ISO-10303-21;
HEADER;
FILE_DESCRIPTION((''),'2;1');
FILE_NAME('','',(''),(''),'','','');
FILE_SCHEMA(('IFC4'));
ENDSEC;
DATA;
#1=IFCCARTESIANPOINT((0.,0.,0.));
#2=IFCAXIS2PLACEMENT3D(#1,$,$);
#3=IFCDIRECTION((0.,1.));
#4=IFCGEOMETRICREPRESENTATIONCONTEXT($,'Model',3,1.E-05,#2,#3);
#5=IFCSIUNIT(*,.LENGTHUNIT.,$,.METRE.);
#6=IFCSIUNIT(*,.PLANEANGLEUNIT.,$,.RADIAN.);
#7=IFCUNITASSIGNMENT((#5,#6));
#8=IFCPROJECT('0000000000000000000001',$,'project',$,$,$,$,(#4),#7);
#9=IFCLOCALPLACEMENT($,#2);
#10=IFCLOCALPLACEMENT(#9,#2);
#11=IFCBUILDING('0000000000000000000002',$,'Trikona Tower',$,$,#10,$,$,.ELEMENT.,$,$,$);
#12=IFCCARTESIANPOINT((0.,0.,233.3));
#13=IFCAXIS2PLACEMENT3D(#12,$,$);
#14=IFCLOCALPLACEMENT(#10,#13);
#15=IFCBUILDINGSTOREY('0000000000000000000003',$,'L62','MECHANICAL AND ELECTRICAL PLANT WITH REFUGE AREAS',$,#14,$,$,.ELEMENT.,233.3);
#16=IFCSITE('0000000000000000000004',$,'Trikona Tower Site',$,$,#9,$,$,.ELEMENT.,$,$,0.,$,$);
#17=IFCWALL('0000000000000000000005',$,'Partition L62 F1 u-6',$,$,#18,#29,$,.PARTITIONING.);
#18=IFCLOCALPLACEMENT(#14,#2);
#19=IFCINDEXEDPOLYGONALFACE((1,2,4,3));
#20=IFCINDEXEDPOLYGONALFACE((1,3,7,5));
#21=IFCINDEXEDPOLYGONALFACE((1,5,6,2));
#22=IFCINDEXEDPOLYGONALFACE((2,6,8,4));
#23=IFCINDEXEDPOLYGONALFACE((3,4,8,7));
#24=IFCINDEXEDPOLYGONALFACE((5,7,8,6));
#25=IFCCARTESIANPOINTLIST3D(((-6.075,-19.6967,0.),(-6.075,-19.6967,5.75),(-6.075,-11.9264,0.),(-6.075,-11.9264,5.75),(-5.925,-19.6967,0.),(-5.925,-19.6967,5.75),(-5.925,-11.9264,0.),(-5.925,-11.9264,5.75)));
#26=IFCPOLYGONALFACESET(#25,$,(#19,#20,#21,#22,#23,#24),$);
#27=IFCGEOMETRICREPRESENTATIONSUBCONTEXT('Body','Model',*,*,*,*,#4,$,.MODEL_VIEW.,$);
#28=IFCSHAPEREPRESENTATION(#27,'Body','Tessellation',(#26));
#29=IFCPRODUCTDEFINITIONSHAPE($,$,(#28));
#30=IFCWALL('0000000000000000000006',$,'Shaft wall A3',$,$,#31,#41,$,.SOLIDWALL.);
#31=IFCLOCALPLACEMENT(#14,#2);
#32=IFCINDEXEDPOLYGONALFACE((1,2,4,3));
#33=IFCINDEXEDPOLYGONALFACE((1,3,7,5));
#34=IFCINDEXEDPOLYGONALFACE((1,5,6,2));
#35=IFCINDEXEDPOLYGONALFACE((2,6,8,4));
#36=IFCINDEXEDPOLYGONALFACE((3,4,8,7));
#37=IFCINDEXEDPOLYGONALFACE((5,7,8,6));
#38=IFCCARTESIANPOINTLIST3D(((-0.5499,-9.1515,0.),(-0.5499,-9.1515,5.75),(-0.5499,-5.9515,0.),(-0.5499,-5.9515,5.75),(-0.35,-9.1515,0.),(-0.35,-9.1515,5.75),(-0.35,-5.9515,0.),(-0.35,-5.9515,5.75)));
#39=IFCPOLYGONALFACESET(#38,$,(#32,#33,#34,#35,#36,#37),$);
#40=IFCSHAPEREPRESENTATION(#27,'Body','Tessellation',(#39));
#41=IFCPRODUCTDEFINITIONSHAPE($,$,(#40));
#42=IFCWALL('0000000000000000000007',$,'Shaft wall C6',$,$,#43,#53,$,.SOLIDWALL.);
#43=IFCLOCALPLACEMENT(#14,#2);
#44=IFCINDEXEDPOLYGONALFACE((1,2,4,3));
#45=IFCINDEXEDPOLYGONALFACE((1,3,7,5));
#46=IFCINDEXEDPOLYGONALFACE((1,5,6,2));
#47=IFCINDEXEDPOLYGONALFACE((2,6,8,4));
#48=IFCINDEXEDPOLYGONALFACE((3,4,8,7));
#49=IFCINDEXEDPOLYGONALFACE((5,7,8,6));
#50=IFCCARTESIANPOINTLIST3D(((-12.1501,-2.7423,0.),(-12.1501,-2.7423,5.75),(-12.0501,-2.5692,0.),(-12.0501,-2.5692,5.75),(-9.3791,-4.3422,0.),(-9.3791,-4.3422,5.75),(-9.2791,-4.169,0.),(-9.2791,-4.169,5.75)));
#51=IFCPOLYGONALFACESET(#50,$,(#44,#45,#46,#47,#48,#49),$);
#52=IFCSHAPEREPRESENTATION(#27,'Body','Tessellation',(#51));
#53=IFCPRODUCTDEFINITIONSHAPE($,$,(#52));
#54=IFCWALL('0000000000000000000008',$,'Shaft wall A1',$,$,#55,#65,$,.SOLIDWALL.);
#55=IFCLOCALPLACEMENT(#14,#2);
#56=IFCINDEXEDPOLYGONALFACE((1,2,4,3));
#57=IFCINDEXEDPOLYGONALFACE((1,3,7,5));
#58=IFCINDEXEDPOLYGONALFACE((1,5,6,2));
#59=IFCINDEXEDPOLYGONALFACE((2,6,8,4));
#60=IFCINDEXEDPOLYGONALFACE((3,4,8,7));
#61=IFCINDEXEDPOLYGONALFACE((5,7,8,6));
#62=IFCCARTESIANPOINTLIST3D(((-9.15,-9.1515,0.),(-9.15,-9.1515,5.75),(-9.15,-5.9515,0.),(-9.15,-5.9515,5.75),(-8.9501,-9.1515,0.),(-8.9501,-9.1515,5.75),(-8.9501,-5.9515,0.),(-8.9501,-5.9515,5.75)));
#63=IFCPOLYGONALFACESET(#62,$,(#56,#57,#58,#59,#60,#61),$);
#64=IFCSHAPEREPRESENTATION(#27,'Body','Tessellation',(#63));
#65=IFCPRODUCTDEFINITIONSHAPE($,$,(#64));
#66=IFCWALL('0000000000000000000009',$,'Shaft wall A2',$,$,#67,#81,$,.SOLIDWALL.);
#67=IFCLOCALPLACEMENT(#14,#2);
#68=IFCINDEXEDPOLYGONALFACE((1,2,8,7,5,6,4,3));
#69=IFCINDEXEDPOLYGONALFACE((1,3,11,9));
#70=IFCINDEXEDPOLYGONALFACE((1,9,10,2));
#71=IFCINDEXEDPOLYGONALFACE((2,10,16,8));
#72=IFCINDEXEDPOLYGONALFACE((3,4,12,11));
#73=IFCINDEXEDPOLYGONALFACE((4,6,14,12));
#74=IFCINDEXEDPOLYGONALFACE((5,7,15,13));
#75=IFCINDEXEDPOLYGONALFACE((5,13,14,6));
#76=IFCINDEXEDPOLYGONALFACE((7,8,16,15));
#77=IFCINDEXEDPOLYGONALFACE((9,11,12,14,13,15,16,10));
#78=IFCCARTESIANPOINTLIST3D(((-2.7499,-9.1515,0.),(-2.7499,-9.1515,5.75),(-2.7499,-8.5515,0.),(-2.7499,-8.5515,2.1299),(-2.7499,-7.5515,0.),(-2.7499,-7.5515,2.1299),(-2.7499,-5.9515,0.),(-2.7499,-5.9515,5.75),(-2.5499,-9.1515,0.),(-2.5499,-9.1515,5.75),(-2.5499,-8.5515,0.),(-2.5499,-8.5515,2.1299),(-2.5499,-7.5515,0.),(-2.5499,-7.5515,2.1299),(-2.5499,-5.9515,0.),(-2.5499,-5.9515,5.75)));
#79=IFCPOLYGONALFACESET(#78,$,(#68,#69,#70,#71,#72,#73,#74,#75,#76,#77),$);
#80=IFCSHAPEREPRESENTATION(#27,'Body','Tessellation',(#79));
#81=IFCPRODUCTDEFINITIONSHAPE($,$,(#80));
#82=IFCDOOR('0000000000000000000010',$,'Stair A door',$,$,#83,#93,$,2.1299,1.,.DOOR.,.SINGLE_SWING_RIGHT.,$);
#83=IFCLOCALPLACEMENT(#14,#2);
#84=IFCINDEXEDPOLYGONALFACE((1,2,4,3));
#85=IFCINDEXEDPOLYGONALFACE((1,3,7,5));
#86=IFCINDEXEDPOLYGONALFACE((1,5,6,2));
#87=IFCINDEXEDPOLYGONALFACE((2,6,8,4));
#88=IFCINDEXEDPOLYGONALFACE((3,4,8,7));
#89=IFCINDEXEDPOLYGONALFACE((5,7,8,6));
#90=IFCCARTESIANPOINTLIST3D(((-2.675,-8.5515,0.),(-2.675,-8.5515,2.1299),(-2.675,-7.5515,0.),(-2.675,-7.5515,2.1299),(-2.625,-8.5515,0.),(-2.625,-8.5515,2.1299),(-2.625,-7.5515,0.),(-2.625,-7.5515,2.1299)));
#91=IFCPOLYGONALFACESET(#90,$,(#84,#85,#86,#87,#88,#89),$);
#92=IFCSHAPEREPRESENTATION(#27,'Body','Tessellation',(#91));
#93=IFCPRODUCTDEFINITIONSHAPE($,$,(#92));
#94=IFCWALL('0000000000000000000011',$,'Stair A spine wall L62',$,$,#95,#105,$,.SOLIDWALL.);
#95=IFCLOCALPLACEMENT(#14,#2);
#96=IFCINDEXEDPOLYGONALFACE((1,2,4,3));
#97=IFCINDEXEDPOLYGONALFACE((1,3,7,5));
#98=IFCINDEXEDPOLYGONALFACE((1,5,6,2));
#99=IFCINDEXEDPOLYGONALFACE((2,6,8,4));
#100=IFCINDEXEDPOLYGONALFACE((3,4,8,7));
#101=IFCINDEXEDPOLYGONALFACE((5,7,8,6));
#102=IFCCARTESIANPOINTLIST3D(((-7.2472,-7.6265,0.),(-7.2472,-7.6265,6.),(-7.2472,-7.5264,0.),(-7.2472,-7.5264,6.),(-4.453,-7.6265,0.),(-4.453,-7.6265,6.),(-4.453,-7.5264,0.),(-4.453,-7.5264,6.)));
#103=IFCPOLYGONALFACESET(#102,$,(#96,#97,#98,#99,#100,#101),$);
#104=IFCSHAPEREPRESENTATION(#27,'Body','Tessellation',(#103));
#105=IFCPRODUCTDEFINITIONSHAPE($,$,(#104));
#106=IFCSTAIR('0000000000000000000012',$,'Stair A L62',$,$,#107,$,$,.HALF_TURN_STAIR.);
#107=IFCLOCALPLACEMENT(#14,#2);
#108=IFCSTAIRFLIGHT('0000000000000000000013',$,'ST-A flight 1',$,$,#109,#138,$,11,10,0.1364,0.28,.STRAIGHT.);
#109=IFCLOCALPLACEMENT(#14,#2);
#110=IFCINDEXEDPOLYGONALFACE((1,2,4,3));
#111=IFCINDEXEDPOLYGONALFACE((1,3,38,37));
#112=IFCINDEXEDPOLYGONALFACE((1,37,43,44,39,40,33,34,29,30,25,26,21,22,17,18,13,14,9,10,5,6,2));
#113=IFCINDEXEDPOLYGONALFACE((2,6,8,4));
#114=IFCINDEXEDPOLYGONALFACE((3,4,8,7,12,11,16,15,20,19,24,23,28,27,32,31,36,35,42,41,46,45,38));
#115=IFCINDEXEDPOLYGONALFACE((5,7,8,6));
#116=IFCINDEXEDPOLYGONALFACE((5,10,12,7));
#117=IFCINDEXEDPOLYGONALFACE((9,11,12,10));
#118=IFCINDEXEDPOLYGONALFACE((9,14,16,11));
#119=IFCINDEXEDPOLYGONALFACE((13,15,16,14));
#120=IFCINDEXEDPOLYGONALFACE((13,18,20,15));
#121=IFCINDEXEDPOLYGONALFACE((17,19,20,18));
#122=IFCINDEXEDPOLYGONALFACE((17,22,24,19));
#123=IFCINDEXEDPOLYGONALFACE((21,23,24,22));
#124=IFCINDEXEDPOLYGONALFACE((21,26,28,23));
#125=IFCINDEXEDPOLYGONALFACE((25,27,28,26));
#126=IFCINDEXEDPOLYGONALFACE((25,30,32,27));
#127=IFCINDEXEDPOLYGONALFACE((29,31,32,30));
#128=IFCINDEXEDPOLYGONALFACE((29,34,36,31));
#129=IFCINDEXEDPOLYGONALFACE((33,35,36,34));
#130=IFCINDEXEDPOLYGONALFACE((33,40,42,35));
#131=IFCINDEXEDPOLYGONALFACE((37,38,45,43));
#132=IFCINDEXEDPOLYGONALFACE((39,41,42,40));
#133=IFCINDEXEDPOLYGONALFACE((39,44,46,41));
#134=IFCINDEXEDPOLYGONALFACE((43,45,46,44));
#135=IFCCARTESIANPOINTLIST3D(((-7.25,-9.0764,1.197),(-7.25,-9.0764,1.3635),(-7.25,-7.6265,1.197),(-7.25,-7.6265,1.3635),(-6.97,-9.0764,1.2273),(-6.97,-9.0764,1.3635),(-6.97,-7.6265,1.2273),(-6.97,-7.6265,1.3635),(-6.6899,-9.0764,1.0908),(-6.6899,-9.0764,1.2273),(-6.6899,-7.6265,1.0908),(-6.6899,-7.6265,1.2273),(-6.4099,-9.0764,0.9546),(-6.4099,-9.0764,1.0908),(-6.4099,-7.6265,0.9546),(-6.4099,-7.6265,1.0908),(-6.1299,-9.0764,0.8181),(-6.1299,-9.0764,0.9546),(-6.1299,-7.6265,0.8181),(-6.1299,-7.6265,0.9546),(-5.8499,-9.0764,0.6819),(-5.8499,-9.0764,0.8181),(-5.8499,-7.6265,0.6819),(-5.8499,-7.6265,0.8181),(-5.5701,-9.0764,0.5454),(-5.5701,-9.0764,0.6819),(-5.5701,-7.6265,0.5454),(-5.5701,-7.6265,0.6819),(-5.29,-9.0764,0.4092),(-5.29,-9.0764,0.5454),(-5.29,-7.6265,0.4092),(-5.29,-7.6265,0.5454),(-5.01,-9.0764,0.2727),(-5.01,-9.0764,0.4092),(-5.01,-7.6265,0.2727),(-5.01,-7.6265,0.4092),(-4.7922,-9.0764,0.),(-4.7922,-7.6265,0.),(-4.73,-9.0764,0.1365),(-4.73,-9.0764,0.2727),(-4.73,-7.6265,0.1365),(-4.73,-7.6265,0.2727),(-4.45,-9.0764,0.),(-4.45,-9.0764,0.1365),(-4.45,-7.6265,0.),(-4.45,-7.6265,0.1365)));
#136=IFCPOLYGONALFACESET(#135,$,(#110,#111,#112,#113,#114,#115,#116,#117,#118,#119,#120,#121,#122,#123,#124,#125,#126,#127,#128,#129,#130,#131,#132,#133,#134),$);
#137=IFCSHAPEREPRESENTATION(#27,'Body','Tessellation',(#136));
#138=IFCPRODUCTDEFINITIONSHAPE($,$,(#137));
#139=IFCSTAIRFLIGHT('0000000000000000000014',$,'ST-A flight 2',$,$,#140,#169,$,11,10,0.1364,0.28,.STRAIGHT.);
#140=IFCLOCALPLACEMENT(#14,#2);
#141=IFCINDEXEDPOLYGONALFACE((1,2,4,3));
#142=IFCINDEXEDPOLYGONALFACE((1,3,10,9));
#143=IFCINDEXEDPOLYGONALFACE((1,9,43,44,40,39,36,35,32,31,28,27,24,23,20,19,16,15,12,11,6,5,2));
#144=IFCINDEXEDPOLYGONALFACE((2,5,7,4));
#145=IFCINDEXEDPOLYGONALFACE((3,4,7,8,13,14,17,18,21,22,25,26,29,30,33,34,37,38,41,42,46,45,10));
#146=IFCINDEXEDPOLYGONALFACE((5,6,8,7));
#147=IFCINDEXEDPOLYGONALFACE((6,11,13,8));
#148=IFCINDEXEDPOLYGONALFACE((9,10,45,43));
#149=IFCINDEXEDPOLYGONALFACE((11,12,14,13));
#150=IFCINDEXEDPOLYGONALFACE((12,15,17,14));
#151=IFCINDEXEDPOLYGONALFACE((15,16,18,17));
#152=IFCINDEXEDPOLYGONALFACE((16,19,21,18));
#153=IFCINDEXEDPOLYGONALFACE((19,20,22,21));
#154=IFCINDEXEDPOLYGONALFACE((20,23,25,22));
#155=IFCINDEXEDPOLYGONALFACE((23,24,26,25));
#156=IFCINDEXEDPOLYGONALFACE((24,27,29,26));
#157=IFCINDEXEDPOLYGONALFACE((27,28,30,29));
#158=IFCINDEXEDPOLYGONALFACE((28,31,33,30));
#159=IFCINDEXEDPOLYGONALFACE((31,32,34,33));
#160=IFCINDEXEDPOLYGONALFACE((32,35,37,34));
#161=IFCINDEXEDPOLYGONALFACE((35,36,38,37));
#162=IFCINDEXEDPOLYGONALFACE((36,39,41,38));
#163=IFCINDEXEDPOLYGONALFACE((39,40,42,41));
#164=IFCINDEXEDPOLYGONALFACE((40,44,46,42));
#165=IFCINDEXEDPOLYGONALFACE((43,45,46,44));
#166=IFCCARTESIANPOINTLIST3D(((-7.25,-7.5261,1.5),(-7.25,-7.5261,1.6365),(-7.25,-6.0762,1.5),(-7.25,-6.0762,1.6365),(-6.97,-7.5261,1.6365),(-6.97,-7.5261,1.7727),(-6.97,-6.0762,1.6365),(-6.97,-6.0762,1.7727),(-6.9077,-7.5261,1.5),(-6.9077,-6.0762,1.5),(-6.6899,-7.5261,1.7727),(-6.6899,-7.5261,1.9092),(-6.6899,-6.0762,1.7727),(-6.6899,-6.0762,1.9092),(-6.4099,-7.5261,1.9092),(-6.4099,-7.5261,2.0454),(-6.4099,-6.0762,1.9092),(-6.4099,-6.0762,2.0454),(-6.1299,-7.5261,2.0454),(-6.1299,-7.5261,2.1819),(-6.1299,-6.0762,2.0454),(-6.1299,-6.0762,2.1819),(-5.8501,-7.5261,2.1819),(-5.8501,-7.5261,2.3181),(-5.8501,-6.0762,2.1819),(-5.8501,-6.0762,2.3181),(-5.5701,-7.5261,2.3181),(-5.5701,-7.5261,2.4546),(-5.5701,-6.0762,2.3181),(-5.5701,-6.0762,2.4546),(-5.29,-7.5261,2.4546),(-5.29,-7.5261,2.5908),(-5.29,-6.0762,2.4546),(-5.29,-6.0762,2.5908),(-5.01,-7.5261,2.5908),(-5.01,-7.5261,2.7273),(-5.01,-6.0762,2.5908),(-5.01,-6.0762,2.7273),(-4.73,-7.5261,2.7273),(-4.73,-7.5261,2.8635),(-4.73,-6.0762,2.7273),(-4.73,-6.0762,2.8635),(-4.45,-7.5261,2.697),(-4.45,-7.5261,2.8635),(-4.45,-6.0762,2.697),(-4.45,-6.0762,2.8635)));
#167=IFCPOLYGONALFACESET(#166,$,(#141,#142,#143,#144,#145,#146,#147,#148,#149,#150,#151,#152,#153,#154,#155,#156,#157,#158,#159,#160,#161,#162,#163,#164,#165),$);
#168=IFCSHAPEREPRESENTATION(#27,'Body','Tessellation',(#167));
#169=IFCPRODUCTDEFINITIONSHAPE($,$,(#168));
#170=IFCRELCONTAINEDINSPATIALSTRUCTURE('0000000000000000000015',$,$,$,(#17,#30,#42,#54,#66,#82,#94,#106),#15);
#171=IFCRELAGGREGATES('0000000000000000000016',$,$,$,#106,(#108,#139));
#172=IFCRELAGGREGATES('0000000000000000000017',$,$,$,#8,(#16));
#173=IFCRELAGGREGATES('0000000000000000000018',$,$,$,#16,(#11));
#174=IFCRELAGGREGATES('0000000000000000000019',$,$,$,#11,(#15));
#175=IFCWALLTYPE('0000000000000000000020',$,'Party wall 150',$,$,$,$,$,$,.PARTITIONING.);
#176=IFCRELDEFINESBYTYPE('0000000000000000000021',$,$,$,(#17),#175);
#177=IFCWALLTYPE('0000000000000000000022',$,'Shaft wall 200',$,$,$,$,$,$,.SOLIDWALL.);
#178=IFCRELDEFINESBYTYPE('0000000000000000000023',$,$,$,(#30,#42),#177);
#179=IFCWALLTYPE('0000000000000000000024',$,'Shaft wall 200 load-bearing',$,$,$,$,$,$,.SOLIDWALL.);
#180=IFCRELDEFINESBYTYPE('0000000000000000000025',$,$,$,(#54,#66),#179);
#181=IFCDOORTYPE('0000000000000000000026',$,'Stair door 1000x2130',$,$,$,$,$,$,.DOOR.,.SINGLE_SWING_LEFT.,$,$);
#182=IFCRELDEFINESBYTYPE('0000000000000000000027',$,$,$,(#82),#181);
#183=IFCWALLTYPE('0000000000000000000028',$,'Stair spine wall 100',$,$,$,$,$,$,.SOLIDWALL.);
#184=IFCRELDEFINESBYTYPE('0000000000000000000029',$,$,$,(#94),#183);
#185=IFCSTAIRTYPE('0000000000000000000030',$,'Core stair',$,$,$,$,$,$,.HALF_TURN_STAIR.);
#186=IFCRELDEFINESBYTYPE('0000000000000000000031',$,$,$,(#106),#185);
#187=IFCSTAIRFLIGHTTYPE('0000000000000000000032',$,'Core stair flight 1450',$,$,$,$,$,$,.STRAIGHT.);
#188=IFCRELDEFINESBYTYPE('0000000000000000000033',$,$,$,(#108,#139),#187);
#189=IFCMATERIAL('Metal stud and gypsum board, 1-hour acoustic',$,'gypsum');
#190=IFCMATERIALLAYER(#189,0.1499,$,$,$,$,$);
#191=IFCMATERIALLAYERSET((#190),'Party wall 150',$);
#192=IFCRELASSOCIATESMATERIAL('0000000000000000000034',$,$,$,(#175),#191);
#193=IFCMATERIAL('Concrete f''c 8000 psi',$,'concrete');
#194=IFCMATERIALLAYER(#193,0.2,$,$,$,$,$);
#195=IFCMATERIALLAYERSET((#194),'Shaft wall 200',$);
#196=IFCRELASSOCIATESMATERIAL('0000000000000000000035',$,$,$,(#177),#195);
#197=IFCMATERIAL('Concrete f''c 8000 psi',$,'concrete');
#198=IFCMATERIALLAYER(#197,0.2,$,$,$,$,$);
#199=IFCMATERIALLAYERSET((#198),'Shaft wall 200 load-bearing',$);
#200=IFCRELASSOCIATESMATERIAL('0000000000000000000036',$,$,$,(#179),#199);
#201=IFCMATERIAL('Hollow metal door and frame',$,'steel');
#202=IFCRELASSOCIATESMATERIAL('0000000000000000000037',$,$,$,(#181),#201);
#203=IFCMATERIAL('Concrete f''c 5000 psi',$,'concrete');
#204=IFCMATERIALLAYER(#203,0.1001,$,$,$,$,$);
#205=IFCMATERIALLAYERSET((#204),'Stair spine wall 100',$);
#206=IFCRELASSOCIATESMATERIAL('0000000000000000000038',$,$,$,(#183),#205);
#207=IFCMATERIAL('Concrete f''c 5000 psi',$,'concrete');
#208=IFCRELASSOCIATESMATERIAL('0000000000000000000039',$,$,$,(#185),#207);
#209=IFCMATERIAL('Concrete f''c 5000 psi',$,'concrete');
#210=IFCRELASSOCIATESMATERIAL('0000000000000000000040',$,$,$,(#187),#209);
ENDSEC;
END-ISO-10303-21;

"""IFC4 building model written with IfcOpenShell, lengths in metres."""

from ifc_helpers import new_model, si_unit, direction, frame, frame_2d, origin, place, context, subcontext, project, spatial, polyline, rectangle, outline, extrude, material, layer, layer_set, type_object, element, fill, aggregate, save


model = new_model("IFC4")

# Units and contexts
model_context = context("Model", 3, precision=1e-05, world=origin(), true_north=direction((0.0, 1.0)))
body_context = subcontext(model_context, "Body", "Model", "MODEL_VIEW")
ifc_project = project(units=[si_unit("LENGTHUNIT", "METRE"), si_unit("PLANEANGLEUNIT", "RADIAN")], contexts=[model_context])

# Site, building, storey
site_placement = place(None, origin())
site = spatial("IfcSite", under=ifc_project, at=site_placement, Name="Trikona Tower Site", CompositionType="ELEMENT", RefElevation=0.0)
building_placement = place(site_placement, origin())
building = spatial("IfcBuilding", under=site, at=building_placement, Name="Trikona Tower", CompositionType="ELEMENT")
storey_placement = place(building_placement, frame((0.0, 0.0, 233.3)))
storey = spatial("IfcBuildingStorey", under=building, at=storey_placement, Name="L62", Description="MECHANICAL AND ELECTRICAL PLANT WITH REFUGE AREAS", CompositionType="ELEMENT", Elevation=233.3)

# Walls
ifc_material_1 = material(Name="Metal stud and gypsum board, 1-hour acoustic", Category="gypsum")
ifc_layer_1 = layer(ifc_material_1, 0.1499)
ifc_layer_set_1 = layer_set([ifc_layer_1], Name="Party wall 150")
wall_type_1 = type_object("IfcWallType", Name="Party wall 150", PredefinedType="PARTITIONING", material=ifc_layer_set_1)
wall_1_placement = place(storey_placement, frame((-6.0, -11.9263, 0.0), z_axis=(0.0, 0.0, 1.0), x_axis=(0.0, -1.0, 0.0)))
element("IfcWall", 1, at=wall_1_placement, inside=storey, type_object=wall_type_1, Name="Partition L62 F1 u-6", PredefinedType="PARTITIONING", context=body_context, shape_type="SweptSolid", body=[
    extrude(rectangle(XDim=7.7703, YDim=0.1499, at=frame_2d((3.8853, 0.0))), origin(), (0.0, 0.0, 1.0), 5.75),
])
ifc_material_2 = material(Name="Concrete f'c 8000 psi", Category="concrete")
ifc_layer_2 = layer(ifc_material_2, 0.2)
ifc_layer_set_2 = layer_set([ifc_layer_2], Name="Shaft wall 200")
wall_type_2 = type_object("IfcWallType", Name="Shaft wall 200", PredefinedType="SOLIDWALL", material=ifc_layer_set_2)
wall_2_placement = place(storey_placement, frame((-0.45, -5.9514, 0.0), z_axis=(0.0, 0.0, 1.0), x_axis=(0.0, -1.0, 0.0)))
element("IfcWall", 2, at=wall_2_placement, inside=storey, type_object=wall_type_2, Name="Shaft wall A3", PredefinedType="SOLIDWALL", context=body_context, shape_type="SweptSolid", body=[
    extrude(rectangle(XDim=3.2, YDim=0.2, at=frame_2d((1.6001, 0.0))), origin(), (0.0, 0.0, 1.0), 5.75),
])
wall_3_placement = place(storey_placement, frame((-9.3291, -4.2556, 0.0), z_axis=(0.0, 0.0, 1.0), x_axis=(-0.866023, 0.500004, 0.0)))
element("IfcWall", 3, at=wall_3_placement, inside=storey, type_object=wall_type_2, Name="Shaft wall C6", PredefinedType="SOLIDWALL", context=body_context, shape_type="SweptSolid", body=[
    extrude(rectangle(XDim=3.1997, YDim=0.2, at=frame_2d((1.5999, 0.0))), origin(), (0.0, 0.0, 1.0), 5.75),
])
ifc_material_3 = material(Name="Concrete f'c 8000 psi", Category="concrete")
ifc_layer_3 = layer(ifc_material_3, 0.2)
ifc_layer_set_3 = layer_set([ifc_layer_3], Name="Shaft wall 200 load-bearing")
wall_type_3 = type_object("IfcWallType", Name="Shaft wall 200 load-bearing", PredefinedType="SOLIDWALL", material=ifc_layer_set_3)
wall_4_placement = place(storey_placement, frame((-9.05, -5.9514, 0.0), z_axis=(0.0, 0.0, 1.0), x_axis=(0.0, -1.0, 0.0)))
element("IfcWall", 4, at=wall_4_placement, inside=storey, type_object=wall_type_3, Name="Shaft wall A1", PredefinedType="SOLIDWALL", context=body_context, shape_type="SweptSolid", body=[
    extrude(rectangle(XDim=3.2, YDim=0.2, at=frame_2d((1.6001, 0.0))), origin(), (0.0, 0.0, 1.0), 5.75),
])

# Wall, opening, door
wall_5_placement = place(storey_placement, frame((-2.6499, -5.9514, 0.0), z_axis=(0.0, 0.0, 1.0), x_axis=(0.0, -1.0, 0.0)))
wall_5 = element("IfcWall", 5, at=wall_5_placement, inside=storey, type_object=wall_type_3, Name="Shaft wall A2", PredefinedType="SOLIDWALL", context=body_context, shape_type="SweptSolid", body=[
    extrude(rectangle(XDim=3.2, YDim=0.2, at=frame_2d((1.6001, 0.0))), origin(), (0.0, 0.0, 1.0), 5.75),
])
opening_1_placement = place(wall_5_placement, frame((1.6001, 0.0, 0.0)))
opening_1 = element("IfcOpeningElement", 6, at=opening_1_placement, cuts=wall_5, PredefinedType="OPENING", context=body_context, shape_type="SweptSolid", body=[
    extrude(rectangle(XDim=1.0, YDim=2.1299, at=frame_2d((0.5, 1.0649))), frame((0.0, 0.1099, 0.0), z_axis=(0.0, -1.0, 0.0), x_axis=(1.0, 0.0, 0.0)), (0.0, 0.0, 1.0), 0.22),
])
ifc_material_4 = material(Name="Hollow metal door and frame", Category="steel")
door_type_1 = type_object("IfcDoorType", Name="Stair door 1000x2130", OperationType="SINGLE_SWING_LEFT", PredefinedType="DOOR", material=ifc_material_4)
door_1_placement = place(opening_1_placement, origin())
door_1 = element("IfcDoor", 7, at=door_1_placement, inside=storey, type_object=door_type_1, Name="Stair A door", OperationType="SINGLE_SWING_RIGHT", OverallHeight=2.1299, OverallWidth=1.0, PredefinedType="DOOR", context=body_context, shape_type="SweptSolid", body=[
    extrude(rectangle(XDim=1.0, YDim=2.1299, at=frame_2d((0.5, 1.0649))), frame((0.0, 0.0249, 0.0), z_axis=(0.0, -1.0, 0.0), x_axis=(1.0, 0.0, 0.0)), (0.0, 0.0, 1.0), 0.05),
])
fill(opening_1, door_1)

# Wall
ifc_material_5 = material(Name="Concrete f'c 5000 psi", Category="concrete")
ifc_layer_4 = layer(ifc_material_5, 0.1001)
ifc_layer_set_4 = layer_set([ifc_layer_4], Name="Stair spine wall 100")
wall_type_4 = type_object("IfcWallType", Name="Stair spine wall 100", PredefinedType="SOLIDWALL", material=ifc_layer_set_4)
wall_6_placement = place(storey_placement, frame((-7.2471, -7.5764, 0.0), z_axis=(0.0, 0.0, 1.0), x_axis=(1.0, 0.0, 0.0)))
element("IfcWall", 8, at=wall_6_placement, inside=storey, type_object=wall_type_4, Name="Stair A spine wall L62", PredefinedType="SOLIDWALL", context=body_context, shape_type="SweptSolid", body=[
    extrude(rectangle(XDim=2.7942, YDim=0.1001, at=frame_2d((1.397, 0.0))), origin(), (0.0, 0.0, 1.0), 6.0),
])

# Stair, stair flights
ifc_material_6 = material(Name="Concrete f'c 5000 psi", Category="concrete")
stair_type = type_object("IfcStairType", Name="Core stair", PredefinedType="HALF_TURN_STAIR", material=ifc_material_6)
stair_placement = place(storey_placement, origin())
stair = element("IfcStair", 9, at=stair_placement, inside=storey, type_object=stair_type, Name="Stair A L62", PredefinedType="HALF_TURN_STAIR")
ifc_material_7 = material(Name="Concrete f'c 5000 psi", Category="concrete")
stair_flight_type = type_object("IfcStairFlightType", Name="Core stair flight 1450", PredefinedType="STRAIGHT", material=ifc_material_7)
stair_flight_1_placement = place(storey_placement, frame((-4.45, -8.3513, 0.0), z_axis=(0.0, 0.0, 1.0), x_axis=(-1.0, 0.0, 0.0)))
stair_flight_1 = element("IfcStairFlight", 10, at=stair_flight_1_placement, type_object=stair_flight_type, Name="ST-A flight 1", NumberOfRisers=11, NumberOfTreads=10, PredefinedType="STRAIGHT", RiserHeight=0.1364, TreadLength=0.28, context=body_context, shape_type="SweptSolid", body=[
    extrude(outline(polyline([(0.0, 0.0), (0.0, 0.1365), (0.28, 0.1365), (0.28, 0.2727), (0.5601, 0.2727), (0.5601, 0.4092), (0.8401, 0.4092), (0.8401, 0.5454), (1.1201, 0.5454), (1.1201, 0.6819), (1.3999, 0.6819), (1.3999, 0.8181), (1.6799, 0.8181), (1.6799, 0.9546), (1.96, 0.9546), (1.96, 1.0908), (2.24, 1.0908), (2.24, 1.2273), (2.52, 1.2273), (2.52, 1.3635), (2.8, 1.3635), (2.8, 1.5), (2.8, 1.197), (0.3423, 0.0), (0.0, 0.0)])), frame((0.0, 0.7251, 0.0), z_axis=(0.0, -1.0, 0.0), x_axis=(1.0, 0.0, 0.0)), (0.0, 0.0, 1.0), 1.45),
])
stair_flight_2_placement = place(storey_placement, frame((-7.25, -6.8013, 1.5), z_axis=(0.0, 0.0, 1.0), x_axis=(1.0, 0.0, 0.0)))
stair_flight_2 = element("IfcStairFlight", 11, at=stair_flight_2_placement, type_object=stair_flight_type, Name="ST-A flight 2", NumberOfRisers=11, NumberOfTreads=10, PredefinedType="STRAIGHT", RiserHeight=0.1364, TreadLength=0.28, context=body_context, shape_type="SweptSolid", body=[
    extrude(outline(polyline([(0.0, 0.0), (0.0, 0.1365), (0.28, 0.1365), (0.28, 0.2727), (0.5601, 0.2727), (0.5601, 0.4092), (0.8401, 0.4092), (0.8401, 0.5454), (1.1201, 0.5454), (1.1201, 0.6819), (1.3999, 0.6819), (1.3999, 0.8181), (1.6799, 0.8181), (1.6799, 0.9546), (1.96, 0.9546), (1.96, 1.0908), (2.24, 1.0908), (2.24, 1.2273), (2.52, 1.2273), (2.52, 1.3635), (2.8, 1.3635), (2.8, 1.5), (2.8, 1.197), (0.3423, 0.0), (0.0, 0.0)])), frame((0.0, 0.7251, 0.0), z_axis=(0.0, -1.0, 0.0), x_axis=(1.0, 0.0, 0.0)), (0.0, 0.0, 1.0), 1.45),
])
aggregate(stair, [stair_flight_1, stair_flight_2])

save(model, "model.ifc")
